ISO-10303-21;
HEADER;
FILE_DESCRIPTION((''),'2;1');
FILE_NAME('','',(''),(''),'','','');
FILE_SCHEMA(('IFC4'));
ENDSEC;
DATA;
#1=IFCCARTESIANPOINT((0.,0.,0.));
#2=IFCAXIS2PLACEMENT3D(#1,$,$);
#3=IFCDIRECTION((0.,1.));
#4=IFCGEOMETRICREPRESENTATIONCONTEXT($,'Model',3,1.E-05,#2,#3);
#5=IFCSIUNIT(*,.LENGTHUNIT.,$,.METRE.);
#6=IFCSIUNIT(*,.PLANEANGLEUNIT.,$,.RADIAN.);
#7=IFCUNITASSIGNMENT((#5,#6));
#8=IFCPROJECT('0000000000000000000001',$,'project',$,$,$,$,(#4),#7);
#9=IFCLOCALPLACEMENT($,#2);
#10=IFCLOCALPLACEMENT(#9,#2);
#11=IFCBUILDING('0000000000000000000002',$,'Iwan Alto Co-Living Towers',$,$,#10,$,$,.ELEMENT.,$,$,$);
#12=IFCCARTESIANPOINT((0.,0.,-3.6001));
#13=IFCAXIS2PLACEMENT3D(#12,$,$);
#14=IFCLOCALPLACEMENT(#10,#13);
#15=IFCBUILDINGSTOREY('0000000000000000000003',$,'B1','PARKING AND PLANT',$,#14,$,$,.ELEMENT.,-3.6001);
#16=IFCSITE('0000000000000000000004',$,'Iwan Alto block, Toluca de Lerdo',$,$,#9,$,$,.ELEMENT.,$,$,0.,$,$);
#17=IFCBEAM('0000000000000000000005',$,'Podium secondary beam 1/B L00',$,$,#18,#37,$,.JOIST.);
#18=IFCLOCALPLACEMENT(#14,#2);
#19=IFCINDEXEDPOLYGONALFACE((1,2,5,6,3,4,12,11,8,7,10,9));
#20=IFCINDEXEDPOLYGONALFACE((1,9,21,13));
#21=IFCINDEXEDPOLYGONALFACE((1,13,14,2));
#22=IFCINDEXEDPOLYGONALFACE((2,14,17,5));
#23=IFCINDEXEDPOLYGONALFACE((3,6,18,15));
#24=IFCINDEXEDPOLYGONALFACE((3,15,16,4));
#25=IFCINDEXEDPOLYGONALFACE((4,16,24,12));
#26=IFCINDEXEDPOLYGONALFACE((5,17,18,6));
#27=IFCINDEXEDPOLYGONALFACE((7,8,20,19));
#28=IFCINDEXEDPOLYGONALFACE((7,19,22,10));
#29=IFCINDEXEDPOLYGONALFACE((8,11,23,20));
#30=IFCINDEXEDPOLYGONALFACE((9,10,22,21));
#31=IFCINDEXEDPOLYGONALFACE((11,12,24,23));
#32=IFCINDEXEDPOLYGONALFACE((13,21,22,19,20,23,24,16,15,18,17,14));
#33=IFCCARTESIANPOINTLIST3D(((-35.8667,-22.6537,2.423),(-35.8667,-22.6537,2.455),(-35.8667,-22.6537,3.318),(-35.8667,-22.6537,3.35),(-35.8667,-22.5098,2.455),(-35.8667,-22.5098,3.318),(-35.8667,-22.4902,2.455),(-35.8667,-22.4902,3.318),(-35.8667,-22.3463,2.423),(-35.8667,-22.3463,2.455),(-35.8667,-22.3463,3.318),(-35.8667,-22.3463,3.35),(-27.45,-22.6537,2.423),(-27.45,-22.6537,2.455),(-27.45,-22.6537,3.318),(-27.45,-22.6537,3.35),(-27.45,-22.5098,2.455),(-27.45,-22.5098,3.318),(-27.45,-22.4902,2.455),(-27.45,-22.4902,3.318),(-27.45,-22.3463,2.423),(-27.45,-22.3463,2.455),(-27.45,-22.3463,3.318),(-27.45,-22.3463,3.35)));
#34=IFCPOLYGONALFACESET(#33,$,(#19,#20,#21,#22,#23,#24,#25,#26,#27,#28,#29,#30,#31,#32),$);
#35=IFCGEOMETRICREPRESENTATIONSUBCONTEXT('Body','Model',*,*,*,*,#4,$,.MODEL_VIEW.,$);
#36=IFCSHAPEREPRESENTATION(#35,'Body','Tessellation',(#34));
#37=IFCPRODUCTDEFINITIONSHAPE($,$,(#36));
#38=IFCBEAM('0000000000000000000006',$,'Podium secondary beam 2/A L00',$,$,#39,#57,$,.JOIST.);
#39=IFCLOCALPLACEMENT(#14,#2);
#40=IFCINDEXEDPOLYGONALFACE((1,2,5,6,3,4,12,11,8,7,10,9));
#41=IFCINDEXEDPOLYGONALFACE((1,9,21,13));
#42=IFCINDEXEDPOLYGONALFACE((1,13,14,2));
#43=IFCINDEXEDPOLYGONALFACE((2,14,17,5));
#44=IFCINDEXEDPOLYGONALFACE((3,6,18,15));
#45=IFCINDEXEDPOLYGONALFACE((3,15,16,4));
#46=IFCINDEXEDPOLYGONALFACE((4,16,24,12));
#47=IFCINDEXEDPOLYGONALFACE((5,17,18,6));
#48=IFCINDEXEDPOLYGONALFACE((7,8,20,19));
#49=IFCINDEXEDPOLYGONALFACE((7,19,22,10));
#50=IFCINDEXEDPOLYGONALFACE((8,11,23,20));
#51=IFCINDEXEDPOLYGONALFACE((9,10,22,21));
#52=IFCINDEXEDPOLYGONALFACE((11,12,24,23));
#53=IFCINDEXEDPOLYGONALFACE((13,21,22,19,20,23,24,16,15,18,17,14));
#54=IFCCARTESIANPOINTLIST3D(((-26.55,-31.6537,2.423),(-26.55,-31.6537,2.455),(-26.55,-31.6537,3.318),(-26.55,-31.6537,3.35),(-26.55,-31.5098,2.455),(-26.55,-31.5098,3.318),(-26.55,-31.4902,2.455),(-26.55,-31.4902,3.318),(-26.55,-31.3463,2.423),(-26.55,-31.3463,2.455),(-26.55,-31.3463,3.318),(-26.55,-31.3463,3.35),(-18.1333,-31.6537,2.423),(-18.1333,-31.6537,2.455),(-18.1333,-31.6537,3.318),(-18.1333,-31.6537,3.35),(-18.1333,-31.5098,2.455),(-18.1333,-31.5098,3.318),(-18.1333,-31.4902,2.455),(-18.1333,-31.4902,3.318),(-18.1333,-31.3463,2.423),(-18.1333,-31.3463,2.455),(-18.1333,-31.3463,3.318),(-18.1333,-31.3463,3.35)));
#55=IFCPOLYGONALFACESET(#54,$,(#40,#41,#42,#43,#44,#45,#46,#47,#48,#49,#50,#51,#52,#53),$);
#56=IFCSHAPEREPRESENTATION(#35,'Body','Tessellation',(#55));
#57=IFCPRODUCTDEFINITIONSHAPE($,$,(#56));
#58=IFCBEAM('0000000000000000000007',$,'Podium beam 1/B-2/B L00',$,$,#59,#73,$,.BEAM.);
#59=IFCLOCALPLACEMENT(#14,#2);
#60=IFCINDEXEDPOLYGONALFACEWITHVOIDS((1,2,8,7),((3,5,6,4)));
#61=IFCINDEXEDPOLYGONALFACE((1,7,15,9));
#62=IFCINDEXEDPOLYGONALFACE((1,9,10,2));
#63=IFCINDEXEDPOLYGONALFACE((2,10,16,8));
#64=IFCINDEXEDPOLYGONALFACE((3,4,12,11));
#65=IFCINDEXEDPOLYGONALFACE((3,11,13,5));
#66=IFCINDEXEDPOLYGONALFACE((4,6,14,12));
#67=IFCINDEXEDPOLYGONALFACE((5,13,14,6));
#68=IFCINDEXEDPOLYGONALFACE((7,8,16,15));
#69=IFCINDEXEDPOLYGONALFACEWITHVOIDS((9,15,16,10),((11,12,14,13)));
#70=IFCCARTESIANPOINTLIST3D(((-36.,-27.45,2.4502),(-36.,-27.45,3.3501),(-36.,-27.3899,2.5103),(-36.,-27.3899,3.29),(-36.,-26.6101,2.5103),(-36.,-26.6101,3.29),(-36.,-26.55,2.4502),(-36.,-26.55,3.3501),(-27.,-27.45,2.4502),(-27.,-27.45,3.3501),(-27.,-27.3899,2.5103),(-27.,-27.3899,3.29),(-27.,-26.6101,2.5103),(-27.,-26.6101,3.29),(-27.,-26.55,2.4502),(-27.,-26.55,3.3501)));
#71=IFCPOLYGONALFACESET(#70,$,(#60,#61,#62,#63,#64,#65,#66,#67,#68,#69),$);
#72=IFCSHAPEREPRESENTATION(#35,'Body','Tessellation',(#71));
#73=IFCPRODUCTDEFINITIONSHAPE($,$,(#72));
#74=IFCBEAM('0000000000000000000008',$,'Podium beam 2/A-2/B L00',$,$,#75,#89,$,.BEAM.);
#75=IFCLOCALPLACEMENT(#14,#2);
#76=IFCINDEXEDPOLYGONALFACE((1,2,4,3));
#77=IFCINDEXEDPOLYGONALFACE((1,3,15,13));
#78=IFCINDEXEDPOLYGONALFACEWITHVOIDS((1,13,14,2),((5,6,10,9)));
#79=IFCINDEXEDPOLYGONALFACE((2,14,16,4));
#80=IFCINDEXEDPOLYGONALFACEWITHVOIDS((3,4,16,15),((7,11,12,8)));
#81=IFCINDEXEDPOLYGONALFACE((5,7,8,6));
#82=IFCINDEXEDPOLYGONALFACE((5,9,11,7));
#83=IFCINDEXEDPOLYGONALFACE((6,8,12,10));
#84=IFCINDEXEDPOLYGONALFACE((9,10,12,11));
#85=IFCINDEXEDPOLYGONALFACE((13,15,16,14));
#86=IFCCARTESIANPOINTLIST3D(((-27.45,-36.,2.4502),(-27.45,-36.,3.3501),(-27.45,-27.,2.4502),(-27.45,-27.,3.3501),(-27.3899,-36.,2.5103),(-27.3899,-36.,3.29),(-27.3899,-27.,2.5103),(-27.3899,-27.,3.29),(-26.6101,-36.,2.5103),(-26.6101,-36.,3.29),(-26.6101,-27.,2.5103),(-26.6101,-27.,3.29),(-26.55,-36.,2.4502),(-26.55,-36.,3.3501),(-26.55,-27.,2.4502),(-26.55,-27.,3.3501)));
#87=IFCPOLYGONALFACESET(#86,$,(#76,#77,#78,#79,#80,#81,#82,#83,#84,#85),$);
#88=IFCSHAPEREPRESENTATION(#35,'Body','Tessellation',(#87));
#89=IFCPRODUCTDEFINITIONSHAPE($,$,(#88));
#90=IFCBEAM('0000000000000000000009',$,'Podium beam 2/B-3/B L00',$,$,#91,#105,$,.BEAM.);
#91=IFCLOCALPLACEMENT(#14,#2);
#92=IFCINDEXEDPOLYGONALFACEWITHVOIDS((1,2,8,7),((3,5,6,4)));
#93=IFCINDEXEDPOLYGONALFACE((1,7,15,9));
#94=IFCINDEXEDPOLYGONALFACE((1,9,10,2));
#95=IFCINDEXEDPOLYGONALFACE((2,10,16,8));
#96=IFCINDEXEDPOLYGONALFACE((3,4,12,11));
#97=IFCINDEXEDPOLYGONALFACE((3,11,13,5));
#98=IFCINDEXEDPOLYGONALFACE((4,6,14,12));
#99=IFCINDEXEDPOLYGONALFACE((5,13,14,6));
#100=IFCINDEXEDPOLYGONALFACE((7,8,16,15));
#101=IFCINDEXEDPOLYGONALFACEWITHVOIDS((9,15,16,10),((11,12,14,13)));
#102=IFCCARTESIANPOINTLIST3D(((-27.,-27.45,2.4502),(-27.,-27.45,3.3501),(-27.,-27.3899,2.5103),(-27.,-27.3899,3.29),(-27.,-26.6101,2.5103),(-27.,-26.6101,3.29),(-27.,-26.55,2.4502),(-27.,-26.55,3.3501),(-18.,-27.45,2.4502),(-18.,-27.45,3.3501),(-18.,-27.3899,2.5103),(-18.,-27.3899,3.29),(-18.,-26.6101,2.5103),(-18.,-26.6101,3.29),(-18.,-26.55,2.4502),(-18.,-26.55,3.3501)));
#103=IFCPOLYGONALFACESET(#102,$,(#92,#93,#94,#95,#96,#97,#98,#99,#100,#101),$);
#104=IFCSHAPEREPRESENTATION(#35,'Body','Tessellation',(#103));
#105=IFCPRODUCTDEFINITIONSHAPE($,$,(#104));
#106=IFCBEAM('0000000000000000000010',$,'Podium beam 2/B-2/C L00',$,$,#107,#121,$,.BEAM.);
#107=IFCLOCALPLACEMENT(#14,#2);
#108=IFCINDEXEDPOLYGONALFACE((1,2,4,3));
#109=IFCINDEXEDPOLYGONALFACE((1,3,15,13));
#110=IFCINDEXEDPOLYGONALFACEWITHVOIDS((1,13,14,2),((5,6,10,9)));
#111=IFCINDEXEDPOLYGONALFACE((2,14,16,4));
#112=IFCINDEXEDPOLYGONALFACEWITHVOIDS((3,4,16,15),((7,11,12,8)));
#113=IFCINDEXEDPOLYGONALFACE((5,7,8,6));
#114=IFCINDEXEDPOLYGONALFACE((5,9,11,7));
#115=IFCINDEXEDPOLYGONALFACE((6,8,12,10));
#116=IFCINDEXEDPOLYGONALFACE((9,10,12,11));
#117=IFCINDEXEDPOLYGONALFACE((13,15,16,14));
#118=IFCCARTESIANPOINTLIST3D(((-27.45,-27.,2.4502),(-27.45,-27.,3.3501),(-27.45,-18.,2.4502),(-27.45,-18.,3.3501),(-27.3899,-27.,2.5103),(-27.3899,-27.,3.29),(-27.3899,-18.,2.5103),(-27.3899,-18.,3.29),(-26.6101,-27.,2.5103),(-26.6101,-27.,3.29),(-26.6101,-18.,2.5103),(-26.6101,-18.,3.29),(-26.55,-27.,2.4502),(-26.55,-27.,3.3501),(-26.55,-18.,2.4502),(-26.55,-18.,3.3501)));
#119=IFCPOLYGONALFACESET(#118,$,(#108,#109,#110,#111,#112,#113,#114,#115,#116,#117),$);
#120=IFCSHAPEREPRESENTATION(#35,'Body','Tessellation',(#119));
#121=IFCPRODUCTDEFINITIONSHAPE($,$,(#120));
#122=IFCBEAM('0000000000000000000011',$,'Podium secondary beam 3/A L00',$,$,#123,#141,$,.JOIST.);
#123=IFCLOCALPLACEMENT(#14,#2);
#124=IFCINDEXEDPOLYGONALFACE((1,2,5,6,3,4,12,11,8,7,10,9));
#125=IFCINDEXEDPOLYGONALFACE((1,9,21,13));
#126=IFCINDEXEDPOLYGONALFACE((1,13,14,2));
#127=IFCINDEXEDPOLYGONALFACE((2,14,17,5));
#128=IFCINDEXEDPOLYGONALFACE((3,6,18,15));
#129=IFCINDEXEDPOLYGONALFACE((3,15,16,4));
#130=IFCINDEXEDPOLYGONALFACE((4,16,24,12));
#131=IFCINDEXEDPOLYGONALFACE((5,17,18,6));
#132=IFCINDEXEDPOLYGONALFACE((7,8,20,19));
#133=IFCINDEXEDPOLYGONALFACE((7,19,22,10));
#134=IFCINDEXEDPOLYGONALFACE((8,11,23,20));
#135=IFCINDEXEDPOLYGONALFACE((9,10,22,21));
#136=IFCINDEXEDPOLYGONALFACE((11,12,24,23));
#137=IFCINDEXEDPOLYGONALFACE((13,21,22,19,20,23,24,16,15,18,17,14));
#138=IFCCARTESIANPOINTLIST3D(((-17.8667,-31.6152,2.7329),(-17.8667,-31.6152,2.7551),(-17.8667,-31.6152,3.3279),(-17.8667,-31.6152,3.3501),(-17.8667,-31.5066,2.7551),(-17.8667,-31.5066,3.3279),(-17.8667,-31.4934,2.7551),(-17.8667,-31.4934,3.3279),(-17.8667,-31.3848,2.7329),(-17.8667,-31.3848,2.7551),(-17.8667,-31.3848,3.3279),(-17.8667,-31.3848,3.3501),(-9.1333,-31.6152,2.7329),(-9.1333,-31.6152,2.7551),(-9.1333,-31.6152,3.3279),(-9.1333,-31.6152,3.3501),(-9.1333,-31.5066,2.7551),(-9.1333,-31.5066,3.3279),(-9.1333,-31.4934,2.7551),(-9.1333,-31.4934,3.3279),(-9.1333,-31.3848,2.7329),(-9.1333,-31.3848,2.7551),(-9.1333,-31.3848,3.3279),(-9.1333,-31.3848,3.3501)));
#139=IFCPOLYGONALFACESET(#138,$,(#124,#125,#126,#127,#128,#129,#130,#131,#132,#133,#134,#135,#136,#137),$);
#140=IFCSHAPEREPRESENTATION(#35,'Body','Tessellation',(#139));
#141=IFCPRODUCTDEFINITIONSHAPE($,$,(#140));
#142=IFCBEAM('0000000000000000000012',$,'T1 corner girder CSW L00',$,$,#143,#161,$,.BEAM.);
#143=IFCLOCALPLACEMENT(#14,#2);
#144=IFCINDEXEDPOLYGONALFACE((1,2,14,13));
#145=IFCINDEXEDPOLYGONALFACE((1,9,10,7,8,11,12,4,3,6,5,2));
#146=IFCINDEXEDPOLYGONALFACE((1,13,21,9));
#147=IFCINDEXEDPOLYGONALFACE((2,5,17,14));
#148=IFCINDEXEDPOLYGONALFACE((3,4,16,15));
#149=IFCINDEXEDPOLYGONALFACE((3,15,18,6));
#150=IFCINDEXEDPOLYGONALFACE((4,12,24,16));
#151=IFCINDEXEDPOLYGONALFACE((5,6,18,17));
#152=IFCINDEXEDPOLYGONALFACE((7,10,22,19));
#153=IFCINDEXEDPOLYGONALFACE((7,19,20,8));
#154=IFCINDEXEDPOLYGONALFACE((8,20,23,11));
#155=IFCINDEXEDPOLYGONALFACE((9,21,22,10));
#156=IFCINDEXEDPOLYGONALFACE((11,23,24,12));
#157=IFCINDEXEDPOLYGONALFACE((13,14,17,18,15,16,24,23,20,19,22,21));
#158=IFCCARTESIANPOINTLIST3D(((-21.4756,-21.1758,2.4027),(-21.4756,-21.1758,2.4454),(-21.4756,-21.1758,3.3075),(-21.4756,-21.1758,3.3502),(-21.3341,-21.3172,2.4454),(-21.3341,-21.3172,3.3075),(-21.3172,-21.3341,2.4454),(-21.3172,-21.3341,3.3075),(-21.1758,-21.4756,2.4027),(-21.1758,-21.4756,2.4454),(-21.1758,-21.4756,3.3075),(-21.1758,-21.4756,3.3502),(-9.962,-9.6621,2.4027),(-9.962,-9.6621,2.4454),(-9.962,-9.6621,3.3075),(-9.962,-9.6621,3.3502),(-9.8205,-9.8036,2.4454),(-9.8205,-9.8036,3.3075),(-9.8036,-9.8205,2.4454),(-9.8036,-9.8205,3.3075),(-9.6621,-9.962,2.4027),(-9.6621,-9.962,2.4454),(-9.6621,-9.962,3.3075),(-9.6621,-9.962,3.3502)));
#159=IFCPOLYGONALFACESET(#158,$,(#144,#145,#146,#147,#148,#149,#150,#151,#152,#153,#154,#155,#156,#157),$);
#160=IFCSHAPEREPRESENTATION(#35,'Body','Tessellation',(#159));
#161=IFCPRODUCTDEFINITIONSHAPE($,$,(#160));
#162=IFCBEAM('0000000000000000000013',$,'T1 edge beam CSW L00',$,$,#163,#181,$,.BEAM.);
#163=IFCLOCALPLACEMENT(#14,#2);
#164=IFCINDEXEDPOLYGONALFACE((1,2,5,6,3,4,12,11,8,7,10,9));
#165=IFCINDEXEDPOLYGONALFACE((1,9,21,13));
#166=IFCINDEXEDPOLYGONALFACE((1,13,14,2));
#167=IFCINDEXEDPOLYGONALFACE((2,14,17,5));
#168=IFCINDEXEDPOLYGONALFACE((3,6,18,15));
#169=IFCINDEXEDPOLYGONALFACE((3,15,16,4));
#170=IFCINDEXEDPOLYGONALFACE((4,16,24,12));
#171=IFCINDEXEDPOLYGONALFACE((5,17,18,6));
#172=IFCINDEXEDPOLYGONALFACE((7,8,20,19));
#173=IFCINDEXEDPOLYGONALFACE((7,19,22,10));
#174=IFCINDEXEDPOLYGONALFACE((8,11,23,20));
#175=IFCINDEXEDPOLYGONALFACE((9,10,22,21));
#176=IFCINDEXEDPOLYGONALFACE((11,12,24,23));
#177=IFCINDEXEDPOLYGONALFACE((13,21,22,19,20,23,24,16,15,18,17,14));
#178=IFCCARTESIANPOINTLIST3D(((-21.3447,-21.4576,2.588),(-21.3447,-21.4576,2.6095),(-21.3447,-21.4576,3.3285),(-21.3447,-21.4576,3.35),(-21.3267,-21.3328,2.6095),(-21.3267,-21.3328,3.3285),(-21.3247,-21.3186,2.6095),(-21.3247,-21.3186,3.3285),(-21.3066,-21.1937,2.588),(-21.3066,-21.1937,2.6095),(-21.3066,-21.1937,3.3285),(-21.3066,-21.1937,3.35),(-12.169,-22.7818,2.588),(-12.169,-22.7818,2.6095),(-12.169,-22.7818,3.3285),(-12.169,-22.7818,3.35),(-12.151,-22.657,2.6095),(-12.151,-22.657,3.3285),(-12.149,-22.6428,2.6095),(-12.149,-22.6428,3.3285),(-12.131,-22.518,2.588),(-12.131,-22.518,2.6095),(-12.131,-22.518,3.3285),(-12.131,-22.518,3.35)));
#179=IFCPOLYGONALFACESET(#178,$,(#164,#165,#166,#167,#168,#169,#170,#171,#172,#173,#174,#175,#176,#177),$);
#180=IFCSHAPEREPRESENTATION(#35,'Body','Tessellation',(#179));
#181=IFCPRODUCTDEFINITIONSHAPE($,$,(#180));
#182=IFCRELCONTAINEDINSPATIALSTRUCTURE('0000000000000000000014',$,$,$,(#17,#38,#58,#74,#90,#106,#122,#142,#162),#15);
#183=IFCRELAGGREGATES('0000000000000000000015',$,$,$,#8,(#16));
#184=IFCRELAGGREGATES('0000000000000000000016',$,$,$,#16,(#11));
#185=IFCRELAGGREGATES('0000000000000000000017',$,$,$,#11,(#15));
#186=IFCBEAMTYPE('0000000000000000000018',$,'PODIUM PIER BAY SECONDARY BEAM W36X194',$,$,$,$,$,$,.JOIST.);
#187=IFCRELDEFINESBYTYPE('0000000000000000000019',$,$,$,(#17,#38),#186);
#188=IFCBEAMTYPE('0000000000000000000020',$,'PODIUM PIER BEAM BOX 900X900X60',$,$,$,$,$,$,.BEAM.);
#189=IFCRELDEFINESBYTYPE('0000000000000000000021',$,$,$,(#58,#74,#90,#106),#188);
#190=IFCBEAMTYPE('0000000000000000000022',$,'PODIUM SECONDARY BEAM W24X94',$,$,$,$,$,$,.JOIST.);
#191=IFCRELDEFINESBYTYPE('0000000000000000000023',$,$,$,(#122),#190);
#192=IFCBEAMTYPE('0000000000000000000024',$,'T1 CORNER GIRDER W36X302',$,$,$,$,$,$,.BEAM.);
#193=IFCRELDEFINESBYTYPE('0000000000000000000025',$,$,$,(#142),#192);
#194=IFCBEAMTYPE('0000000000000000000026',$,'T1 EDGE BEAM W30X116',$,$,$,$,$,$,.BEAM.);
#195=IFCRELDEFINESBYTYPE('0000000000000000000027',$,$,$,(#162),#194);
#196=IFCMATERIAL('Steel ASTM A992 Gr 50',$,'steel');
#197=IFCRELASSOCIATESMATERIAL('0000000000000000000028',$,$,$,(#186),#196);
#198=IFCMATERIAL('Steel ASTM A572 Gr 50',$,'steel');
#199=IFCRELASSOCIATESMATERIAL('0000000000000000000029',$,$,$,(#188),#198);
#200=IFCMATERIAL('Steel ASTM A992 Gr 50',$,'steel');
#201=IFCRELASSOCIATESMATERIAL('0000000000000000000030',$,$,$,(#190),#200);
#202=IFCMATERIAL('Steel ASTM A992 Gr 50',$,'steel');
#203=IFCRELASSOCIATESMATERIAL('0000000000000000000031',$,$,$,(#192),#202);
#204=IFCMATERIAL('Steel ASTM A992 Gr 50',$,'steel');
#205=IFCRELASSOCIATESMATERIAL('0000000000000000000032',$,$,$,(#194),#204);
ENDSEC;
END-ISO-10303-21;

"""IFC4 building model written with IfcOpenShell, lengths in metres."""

from ifc_helpers import new_model, si_unit, direction, frame, origin, origin_2d, place, context, subcontext, project, spatial, hollow_rectangle, i_section, extrude, material, material_profile, profile_set, type_object, element, save


model = new_model("IFC4")

# Units and contexts
model_context = context("Model", 3, precision=1e-05, world=origin(), true_north=direction((0.0, 1.0)))
body_context = subcontext(model_context, "Body", "Model", "MODEL_VIEW")
ifc_project = project(units=[si_unit("LENGTHUNIT", "METRE"), si_unit("PLANEANGLEUNIT", "RADIAN")], contexts=[model_context])

# Site, building, storey
site_placement = place(None, origin())
site = spatial("IfcSite", under=ifc_project, at=site_placement, Name="Iwan Alto block, Toluca de Lerdo", CompositionType="ELEMENT", RefElevation=0.0)
building_placement = place(site_placement, origin())
building = spatial("IfcBuilding", under=site, at=building_placement, Name="Iwan Alto Co-Living Towers", CompositionType="ELEMENT")
storey_placement = place(building_placement, frame((0.0, 0.0, -3.6001)))
storey = spatial("IfcBuildingStorey", under=building, at=storey_placement, Name="B1", Description="PARKING AND PLANT", CompositionType="ELEMENT", Elevation=-3.6001)

# Beams
ifc_material_1 = material(Name="Steel ASTM A992 Gr 50", Category="steel")
ifc_material_profile_1 = material_profile(ifc_material_1, i_section(OverallWidth=0.3074, OverallDepth=0.927, WebThickness=0.0195, FlangeThickness=0.032, at=origin_2d()), Name="W36X194")
ifc_profile_set_1 = profile_set([ifc_material_profile_1], Name="Steel ASTM A992 Gr 50")
beam_type_1 = type_object("IfcBeamType", Name="PODIUM PIER BAY SECONDARY BEAM W36X194", PredefinedType="JOIST", material=ifc_profile_set_1)
for number, where, z_axis, x_axis, name in (
    (1, (-35.8667, -22.5, 2.8865), (1.0, 0.0, 0.0), (0.0, 1.0, 0.0), "Podium secondary beam 1/B L00"),
    (2, (-26.55, -31.5, 2.8865), (1.0, 0.0, 0.0), (0.0, 1.0, 0.0), "Podium secondary beam 2/A L00"),
):
    element("IfcBeam", number, at=place(storey_placement, frame(where, z_axis=z_axis, x_axis=x_axis)), inside=storey, type_object=beam_type_1, Name=name, PredefinedType="JOIST", context=body_context, shape_type="SweptSolid", body=[
        extrude(i_section(OverallWidth=0.3074, OverallDepth=0.927, WebThickness=0.0195, FlangeThickness=0.032, at=origin_2d()), origin(), (0.0, 0.0, 1.0), 8.4167),
    ])
ifc_material_2 = material(Name="Steel ASTM A572 Gr 50", Category="steel")
ifc_material_profile_2 = material_profile(ifc_material_2, hollow_rectangle(XDim=0.8999, YDim=0.8999, WallThickness=0.0601, at=origin_2d()), Name="BOX 900X900X60")
ifc_profile_set_2 = profile_set([ifc_material_profile_2], Name="Steel ASTM A572 Gr 50")
beam_type_2 = type_object("IfcBeamType", Name="PODIUM PIER BEAM BOX 900X900X60", PredefinedType="BEAM", material=ifc_profile_set_2)
for number, where, z_axis, x_axis, name in (
    (3, (-36.0, -27.0, 2.9001), (1.0, 0.0, 0.0), (0.0, 1.0, 0.0), "Podium beam 1/B-2/B L00"),
    (4, (-27.0, -36.0, 2.9001), (0.0, 1.0, 0.0), (-1.0, 0.0, 0.0), "Podium beam 2/A-2/B L00"),
    (5, (-27.0, -27.0, 2.9001), (1.0, 0.0, 0.0), (0.0, 1.0, 0.0), "Podium beam 2/B-3/B L00"),
    (6, (-27.0, -27.0, 2.9001), (0.0, 1.0, 0.0), (-1.0, 0.0, 0.0), "Podium beam 2/B-2/C L00"),
):
    element("IfcBeam", number, at=place(storey_placement, frame(where, z_axis=z_axis, x_axis=x_axis)), inside=storey, type_object=beam_type_2, Name=name, PredefinedType="BEAM", context=body_context, shape_type="SweptSolid", body=[
        extrude(hollow_rectangle(XDim=0.8999, YDim=0.8999, WallThickness=0.0601, at=origin_2d()), origin(), (0.0, 0.0, 1.0), 9.0),
    ])
ifc_material_3 = material(Name="Steel ASTM A992 Gr 50", Category="steel")
ifc_material_profile_3 = material_profile(ifc_material_3, i_section(OverallWidth=0.2305, OverallDepth=0.6172, WebThickness=0.0132, FlangeThickness=0.0222, at=origin_2d()), Name="W24X94")
ifc_profile_set_3 = profile_set([ifc_material_profile_3], Name="Steel ASTM A992 Gr 50")
beam_type_3 = type_object("IfcBeamType", Name="PODIUM SECONDARY BEAM W24X94", PredefinedType="JOIST", material=ifc_profile_set_3)
beam_1_placement = place(storey_placement, frame((-17.8667, -31.5, 3.0415), z_axis=(1.0, 0.0, 0.0), x_axis=(0.0, 1.0, 0.0)))
element("IfcBeam", 7, at=beam_1_placement, inside=storey, type_object=beam_type_3, Name="Podium secondary beam 3/A L00", PredefinedType="JOIST", context=body_context, shape_type="SweptSolid", body=[
    extrude(i_section(OverallWidth=0.2305, OverallDepth=0.6172, WebThickness=0.0132, FlangeThickness=0.0222, at=origin_2d()), origin(), (0.0, 0.0, 1.0), 8.7334),
])
ifc_material_4 = material(Name="Steel ASTM A992 Gr 50", Category="steel")
ifc_material_profile_4 = material_profile(ifc_material_4, i_section(OverallWidth=0.4241, OverallDepth=0.9475, WebThickness=0.0239, FlangeThickness=0.0427, at=origin_2d()), Name="W36X302")
ifc_profile_set_4 = profile_set([ifc_material_profile_4], Name="Steel ASTM A992 Gr 50")
beam_type_4 = type_object("IfcBeamType", Name="T1 CORNER GIRDER W36X302", PredefinedType="BEAM", material=ifc_profile_set_4)
beam_2_placement = place(storey_placement, frame((-21.3257, -21.3257, 2.8765), z_axis=(0.707107, 0.707107, 0.0), x_axis=(-0.707107, 0.707107, 0.0)))
element("IfcBeam", 8, at=beam_2_placement, inside=storey, type_object=beam_type_4, Name="T1 corner girder CSW L00", PredefinedType="BEAM", context=body_context, shape_type="SweptSolid", body=[
    extrude(i_section(OverallWidth=0.4241, OverallDepth=0.9475, WebThickness=0.0239, FlangeThickness=0.0427, at=origin_2d()), origin(), (0.0, 0.0, 1.0), 16.2827),
])
ifc_material_5 = material(Name="Steel ASTM A992 Gr 50", Category="steel")
ifc_material_profile_5 = material_profile(ifc_material_5, i_section(OverallWidth=0.2666, OverallDepth=0.762, WebThickness=0.0144, FlangeThickness=0.0215, at=origin_2d()), Name="W30X116")
ifc_profile_set_5 = profile_set([ifc_material_profile_5], Name="Steel ASTM A992 Gr 50")
beam_type_5 = type_object("IfcBeamType", Name="T1 EDGE BEAM W30X116", PredefinedType="BEAM", material=ifc_profile_set_5)
beam_3_placement = place(storey_placement, frame((-21.3257, -21.3257, 2.969), z_axis=(0.989746, -0.142837, 0.0), x_axis=(0.142837, 0.989746, 0.0)))
element("IfcBeam", 9, at=beam_3_placement, inside=storey, type_object=beam_type_5, Name="T1 edge beam CSW L00", PredefinedType="BEAM", context=body_context, shape_type="SweptSolid", body=[
    extrude(i_section(OverallWidth=0.2666, OverallDepth=0.762, WebThickness=0.0144, FlangeThickness=0.0215, at=origin_2d()), origin(), (0.0, 0.0, 1.0), 9.2708),
])

save(model, "model.ifc")
